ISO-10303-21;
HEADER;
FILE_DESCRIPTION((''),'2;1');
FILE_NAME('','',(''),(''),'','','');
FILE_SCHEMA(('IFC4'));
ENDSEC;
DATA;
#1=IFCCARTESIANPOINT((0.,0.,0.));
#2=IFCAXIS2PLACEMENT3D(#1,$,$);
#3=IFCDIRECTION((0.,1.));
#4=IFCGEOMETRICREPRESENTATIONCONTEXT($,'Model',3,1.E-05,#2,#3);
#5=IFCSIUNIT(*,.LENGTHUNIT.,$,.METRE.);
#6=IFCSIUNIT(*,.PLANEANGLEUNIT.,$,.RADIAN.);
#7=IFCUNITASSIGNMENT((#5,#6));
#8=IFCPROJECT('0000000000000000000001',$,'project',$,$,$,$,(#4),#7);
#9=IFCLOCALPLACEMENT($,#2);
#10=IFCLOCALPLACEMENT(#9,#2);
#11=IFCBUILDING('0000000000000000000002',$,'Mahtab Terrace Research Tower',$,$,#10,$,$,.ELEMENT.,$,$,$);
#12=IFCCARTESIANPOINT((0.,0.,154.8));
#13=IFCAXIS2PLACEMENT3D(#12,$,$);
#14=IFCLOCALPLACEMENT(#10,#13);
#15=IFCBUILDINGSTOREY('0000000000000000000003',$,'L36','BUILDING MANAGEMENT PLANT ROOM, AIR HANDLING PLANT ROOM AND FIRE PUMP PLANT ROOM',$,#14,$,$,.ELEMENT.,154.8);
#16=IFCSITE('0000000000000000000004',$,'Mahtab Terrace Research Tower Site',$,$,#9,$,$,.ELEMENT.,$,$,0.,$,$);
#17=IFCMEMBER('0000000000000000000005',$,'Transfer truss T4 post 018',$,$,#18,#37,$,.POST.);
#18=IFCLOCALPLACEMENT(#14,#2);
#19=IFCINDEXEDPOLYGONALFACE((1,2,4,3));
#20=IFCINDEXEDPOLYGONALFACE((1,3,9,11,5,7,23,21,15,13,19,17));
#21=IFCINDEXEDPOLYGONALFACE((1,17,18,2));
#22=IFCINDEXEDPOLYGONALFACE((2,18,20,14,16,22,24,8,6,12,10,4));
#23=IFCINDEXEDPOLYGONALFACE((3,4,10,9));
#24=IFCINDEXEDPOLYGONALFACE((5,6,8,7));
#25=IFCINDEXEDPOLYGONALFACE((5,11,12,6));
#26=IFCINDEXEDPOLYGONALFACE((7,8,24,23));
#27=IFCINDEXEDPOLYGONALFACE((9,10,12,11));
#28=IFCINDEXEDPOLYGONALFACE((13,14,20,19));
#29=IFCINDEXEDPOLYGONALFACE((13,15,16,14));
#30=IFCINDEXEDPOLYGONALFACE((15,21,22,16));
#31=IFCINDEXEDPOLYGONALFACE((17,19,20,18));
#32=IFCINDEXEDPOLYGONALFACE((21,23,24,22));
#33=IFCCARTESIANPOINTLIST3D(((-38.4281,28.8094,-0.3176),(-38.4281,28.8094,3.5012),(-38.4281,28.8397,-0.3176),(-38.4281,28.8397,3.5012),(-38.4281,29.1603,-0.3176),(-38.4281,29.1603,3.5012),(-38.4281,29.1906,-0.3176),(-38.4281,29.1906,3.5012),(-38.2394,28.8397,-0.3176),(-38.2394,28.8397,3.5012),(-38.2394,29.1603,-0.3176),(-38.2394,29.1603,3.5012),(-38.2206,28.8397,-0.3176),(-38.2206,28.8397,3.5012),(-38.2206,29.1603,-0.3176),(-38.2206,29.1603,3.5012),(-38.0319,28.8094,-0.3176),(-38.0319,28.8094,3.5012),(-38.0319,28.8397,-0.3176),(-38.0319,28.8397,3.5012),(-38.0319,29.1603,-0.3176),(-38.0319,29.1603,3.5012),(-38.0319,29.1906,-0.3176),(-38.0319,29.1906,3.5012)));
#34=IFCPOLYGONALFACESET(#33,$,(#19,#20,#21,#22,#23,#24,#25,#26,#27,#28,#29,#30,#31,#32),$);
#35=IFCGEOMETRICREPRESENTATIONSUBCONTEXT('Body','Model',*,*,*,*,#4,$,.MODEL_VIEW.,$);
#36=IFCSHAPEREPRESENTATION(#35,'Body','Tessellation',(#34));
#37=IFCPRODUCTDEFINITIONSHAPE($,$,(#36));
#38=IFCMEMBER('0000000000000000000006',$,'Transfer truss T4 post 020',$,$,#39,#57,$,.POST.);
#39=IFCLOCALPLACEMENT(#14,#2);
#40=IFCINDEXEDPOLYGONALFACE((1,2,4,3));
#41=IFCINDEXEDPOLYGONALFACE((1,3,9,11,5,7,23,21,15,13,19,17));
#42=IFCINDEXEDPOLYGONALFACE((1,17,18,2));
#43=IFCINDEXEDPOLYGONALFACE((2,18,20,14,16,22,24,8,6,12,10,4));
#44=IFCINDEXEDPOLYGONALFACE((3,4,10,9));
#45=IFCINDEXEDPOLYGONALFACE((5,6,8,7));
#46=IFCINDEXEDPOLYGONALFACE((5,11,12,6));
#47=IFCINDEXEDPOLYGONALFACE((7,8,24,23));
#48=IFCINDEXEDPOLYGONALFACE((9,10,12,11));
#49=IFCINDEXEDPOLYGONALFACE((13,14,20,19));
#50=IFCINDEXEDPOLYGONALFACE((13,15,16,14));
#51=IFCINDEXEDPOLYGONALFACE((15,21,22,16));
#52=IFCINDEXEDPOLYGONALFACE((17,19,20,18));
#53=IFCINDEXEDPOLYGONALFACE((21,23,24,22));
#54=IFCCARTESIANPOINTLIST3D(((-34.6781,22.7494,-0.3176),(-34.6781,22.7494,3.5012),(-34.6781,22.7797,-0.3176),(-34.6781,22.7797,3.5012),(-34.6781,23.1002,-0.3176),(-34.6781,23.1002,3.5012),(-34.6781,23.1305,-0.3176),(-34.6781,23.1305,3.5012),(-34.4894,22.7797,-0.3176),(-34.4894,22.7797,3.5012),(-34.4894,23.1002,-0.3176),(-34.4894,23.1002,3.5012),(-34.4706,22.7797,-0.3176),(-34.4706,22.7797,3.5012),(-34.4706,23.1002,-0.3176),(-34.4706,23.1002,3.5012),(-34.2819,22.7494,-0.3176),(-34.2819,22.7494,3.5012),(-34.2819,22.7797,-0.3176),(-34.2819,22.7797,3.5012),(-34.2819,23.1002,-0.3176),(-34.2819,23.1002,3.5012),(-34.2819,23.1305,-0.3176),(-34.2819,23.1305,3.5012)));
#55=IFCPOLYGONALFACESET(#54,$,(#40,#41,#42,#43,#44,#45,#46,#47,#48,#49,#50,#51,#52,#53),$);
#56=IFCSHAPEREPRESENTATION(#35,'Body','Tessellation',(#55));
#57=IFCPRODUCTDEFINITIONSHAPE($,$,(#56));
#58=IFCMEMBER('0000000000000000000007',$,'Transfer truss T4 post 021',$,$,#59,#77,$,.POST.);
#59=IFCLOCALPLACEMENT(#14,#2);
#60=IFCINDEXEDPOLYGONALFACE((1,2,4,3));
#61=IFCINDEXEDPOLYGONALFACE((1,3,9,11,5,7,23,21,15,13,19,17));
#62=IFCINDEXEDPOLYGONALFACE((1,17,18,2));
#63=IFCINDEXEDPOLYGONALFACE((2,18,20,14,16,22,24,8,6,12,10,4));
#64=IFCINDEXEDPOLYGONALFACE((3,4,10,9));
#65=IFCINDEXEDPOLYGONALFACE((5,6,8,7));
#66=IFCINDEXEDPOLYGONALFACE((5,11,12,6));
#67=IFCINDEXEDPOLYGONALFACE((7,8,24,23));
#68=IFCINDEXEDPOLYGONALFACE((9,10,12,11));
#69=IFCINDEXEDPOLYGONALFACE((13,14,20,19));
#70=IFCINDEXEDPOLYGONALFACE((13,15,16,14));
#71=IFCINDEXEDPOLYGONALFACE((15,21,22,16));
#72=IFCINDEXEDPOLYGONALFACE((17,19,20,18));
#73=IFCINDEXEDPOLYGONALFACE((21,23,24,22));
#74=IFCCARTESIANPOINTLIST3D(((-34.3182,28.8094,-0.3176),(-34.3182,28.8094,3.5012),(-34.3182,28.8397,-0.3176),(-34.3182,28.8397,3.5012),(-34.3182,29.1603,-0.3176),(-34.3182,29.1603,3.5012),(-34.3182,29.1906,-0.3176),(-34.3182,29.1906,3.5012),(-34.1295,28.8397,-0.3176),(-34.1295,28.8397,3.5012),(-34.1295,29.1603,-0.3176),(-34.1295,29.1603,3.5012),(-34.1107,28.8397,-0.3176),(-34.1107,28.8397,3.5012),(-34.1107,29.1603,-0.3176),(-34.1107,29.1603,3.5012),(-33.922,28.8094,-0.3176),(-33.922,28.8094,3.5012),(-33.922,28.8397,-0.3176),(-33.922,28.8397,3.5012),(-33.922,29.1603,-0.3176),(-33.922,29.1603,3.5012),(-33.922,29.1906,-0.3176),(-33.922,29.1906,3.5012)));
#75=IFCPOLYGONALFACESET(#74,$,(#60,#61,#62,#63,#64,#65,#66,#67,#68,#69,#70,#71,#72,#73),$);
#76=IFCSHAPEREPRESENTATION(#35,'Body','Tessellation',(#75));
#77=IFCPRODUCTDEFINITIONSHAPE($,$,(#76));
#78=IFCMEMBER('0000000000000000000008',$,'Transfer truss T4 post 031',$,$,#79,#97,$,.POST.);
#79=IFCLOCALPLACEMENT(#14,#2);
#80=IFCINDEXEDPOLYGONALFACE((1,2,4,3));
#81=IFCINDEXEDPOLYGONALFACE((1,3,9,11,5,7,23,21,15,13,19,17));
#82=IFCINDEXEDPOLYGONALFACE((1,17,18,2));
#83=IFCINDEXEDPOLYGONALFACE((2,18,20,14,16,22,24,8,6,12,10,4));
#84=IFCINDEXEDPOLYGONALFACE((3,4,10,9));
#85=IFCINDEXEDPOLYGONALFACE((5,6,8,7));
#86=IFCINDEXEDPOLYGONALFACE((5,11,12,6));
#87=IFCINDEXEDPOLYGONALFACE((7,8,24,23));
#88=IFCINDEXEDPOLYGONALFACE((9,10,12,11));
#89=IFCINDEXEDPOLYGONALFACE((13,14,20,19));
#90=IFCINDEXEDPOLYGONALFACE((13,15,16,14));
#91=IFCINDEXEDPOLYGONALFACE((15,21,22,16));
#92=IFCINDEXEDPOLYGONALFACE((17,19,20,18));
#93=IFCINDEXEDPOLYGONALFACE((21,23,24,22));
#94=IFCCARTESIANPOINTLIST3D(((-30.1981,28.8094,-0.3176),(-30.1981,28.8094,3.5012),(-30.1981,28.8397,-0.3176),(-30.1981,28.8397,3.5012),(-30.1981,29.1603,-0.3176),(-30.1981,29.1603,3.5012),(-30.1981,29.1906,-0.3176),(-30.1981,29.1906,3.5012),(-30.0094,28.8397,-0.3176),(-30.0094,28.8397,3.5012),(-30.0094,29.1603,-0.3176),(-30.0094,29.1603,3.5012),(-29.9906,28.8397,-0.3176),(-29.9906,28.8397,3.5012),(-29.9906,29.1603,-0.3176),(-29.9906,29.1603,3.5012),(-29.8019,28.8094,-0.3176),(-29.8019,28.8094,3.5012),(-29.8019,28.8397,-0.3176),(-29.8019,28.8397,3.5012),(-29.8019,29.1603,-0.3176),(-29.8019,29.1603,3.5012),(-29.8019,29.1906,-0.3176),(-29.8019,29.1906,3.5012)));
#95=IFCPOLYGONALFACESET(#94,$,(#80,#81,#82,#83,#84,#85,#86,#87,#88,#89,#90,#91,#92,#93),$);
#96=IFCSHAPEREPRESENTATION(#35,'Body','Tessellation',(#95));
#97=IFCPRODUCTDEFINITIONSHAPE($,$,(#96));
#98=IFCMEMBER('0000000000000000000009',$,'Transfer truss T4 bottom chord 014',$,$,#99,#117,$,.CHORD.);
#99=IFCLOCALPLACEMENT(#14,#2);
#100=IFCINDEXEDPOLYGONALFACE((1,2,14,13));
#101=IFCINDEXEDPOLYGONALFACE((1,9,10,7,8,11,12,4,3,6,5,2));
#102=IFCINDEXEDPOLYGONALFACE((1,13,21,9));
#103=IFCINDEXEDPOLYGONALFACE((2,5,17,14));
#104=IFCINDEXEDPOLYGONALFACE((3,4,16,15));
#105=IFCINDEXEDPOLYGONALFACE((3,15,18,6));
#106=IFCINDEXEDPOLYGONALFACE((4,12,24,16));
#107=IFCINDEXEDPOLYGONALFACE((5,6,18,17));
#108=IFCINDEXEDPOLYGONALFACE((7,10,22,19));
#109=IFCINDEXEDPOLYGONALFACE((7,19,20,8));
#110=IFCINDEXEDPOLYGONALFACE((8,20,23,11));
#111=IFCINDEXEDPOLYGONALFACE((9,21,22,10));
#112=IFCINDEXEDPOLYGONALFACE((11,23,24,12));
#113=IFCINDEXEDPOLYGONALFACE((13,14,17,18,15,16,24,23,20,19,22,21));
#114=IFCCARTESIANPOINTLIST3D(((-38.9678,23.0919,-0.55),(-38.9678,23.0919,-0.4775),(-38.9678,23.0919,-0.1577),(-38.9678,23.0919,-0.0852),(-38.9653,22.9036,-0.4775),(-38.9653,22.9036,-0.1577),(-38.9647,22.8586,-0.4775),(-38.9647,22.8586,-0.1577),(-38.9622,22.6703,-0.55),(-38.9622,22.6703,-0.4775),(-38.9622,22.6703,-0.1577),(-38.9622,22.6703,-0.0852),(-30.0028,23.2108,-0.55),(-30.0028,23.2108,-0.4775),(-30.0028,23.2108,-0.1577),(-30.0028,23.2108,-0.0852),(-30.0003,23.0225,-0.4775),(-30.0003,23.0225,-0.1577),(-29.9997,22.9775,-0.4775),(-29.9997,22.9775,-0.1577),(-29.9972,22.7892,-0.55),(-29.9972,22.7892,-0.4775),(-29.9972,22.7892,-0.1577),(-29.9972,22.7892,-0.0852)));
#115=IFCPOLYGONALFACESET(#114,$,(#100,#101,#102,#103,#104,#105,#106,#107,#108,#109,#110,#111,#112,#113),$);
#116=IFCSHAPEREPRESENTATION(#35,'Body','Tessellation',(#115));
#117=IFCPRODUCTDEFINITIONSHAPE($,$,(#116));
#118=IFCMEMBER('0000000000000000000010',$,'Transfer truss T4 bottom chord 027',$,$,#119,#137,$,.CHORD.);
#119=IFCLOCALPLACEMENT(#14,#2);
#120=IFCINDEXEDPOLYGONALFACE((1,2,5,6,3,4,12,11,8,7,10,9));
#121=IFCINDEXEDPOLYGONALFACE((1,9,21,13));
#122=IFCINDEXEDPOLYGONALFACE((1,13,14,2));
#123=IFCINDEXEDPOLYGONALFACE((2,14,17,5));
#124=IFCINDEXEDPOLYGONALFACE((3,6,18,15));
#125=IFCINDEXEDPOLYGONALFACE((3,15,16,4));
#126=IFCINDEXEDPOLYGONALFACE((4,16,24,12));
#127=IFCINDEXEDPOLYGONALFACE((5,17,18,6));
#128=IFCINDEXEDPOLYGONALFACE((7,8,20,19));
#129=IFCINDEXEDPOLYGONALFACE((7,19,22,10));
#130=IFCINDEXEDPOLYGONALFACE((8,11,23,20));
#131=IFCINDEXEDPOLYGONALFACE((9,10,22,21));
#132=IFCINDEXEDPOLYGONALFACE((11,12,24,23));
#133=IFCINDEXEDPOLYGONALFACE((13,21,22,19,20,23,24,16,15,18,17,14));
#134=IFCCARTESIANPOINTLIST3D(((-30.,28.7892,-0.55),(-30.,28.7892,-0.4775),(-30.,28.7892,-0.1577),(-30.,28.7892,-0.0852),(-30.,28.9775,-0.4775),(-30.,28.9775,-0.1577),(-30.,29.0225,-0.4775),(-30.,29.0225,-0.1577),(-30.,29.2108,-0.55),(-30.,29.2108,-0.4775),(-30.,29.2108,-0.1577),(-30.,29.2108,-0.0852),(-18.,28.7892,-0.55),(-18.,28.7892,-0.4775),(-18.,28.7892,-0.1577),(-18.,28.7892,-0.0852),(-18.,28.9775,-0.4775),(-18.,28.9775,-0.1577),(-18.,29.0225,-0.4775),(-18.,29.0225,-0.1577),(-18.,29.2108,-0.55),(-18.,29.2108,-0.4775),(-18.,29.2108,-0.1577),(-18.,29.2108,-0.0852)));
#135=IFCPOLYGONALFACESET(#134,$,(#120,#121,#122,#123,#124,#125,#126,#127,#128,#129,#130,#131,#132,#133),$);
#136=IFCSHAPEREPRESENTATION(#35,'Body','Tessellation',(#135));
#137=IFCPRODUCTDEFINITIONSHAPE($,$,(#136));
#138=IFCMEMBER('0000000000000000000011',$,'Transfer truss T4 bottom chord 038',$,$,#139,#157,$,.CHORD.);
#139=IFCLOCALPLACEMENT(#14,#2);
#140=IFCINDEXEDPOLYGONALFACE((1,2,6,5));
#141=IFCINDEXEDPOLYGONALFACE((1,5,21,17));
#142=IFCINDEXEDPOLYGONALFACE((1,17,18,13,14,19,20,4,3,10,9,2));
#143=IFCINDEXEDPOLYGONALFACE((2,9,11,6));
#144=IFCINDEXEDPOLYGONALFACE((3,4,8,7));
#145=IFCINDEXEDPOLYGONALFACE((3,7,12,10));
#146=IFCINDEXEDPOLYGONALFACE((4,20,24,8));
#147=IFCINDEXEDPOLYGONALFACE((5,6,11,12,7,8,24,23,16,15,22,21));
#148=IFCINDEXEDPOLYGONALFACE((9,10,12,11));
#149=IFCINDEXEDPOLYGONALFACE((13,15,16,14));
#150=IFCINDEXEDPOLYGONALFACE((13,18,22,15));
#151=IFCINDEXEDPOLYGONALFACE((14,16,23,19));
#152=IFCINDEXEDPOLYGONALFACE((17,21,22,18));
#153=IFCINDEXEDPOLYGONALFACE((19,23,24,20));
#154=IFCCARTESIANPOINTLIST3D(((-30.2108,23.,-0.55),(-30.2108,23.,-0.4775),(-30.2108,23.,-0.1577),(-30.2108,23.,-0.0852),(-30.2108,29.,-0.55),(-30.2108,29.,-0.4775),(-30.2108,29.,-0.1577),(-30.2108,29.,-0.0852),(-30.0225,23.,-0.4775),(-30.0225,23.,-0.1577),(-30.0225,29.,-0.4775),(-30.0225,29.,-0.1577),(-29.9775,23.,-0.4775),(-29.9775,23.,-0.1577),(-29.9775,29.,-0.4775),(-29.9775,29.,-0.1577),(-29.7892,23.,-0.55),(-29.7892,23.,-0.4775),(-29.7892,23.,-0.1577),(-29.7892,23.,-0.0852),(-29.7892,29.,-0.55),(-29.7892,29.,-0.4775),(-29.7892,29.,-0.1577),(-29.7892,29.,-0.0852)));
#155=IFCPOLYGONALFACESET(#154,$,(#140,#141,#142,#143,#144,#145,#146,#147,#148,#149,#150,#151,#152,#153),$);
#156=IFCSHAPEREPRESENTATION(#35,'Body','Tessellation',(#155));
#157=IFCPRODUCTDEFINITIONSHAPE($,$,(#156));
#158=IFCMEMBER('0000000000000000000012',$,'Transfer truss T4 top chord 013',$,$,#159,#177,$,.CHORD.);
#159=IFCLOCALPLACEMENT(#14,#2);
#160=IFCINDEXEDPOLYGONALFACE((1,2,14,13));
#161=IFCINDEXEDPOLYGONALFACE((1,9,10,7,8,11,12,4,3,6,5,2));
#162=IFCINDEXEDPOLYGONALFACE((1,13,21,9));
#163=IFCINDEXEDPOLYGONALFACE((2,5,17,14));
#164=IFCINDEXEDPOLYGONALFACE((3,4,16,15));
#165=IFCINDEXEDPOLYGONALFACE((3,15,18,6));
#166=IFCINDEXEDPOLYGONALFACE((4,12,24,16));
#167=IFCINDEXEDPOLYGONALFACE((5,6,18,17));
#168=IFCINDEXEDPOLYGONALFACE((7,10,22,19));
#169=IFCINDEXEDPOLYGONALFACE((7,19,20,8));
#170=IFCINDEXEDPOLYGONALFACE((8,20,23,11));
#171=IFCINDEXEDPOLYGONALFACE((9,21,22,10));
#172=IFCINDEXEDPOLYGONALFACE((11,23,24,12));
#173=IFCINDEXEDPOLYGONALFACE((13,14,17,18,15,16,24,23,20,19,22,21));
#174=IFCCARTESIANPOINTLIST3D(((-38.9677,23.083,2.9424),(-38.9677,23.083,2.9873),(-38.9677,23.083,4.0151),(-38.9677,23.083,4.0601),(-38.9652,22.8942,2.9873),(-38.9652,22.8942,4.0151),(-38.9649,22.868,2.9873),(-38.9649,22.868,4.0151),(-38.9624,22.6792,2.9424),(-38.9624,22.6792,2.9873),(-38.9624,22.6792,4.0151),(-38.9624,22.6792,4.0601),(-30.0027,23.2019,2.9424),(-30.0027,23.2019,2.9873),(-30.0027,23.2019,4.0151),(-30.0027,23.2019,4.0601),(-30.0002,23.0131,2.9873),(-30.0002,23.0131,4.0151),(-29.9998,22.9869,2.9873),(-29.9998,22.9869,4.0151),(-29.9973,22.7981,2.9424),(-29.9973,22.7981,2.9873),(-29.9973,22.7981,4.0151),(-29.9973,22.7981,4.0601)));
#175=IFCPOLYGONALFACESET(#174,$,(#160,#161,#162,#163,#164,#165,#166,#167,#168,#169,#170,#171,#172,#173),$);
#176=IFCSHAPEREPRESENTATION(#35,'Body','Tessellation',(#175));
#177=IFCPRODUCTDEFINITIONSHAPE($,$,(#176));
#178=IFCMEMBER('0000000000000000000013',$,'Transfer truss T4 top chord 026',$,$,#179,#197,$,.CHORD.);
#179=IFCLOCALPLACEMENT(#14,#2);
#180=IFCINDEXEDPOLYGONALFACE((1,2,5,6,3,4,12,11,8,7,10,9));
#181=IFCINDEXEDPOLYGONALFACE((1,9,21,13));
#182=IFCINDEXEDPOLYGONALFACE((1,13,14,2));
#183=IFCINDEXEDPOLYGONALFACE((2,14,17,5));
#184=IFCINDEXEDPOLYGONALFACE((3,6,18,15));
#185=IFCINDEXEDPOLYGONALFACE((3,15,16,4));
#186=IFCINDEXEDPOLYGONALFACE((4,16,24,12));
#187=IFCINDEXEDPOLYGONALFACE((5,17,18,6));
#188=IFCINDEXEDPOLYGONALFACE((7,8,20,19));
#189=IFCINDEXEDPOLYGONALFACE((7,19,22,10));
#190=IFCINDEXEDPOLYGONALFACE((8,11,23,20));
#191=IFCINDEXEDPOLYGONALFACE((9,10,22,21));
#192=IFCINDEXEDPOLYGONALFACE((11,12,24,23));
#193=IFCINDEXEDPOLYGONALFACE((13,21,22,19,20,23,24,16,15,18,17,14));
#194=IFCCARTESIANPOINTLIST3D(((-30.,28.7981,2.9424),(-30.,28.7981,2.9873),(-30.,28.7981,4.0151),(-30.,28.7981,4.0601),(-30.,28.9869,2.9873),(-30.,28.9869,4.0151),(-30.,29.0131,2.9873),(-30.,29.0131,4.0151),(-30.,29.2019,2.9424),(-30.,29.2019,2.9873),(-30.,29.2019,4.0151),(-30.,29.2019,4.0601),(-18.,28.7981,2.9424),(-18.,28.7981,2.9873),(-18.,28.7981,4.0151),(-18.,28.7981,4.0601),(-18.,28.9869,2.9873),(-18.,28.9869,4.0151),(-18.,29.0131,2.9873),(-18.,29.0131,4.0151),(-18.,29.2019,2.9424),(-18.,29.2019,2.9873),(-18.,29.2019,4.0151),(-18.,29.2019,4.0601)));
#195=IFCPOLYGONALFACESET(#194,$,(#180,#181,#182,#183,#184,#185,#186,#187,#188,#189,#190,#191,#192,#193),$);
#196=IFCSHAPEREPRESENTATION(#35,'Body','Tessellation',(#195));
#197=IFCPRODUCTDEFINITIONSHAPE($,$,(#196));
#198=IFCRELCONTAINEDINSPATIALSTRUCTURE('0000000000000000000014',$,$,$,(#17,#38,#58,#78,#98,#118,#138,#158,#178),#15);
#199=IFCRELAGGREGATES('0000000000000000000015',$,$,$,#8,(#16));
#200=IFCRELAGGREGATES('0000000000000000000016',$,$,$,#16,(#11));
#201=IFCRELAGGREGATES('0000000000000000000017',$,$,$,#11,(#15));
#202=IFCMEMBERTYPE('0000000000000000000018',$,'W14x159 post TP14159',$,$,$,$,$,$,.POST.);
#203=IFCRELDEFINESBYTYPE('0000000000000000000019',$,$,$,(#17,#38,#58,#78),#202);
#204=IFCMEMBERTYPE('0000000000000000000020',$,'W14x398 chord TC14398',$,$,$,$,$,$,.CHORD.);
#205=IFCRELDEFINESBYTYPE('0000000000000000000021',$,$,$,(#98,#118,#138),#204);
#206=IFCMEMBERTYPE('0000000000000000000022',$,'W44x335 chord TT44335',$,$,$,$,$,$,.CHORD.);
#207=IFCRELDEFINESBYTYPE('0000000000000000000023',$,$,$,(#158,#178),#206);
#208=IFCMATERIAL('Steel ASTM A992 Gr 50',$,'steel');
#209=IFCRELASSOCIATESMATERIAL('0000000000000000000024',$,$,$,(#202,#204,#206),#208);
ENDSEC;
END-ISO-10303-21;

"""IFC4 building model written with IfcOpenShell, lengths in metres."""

from ifc_helpers import new_model, si_unit, direction, frame, origin, origin_2d, place, context, subcontext, project, spatial, i_section, extrude, material, material_profile, profile_set, type_object, element, save


model = new_model("IFC4")

# Units and contexts
model_context = context("Model", 3, precision=1e-05, world=origin(), true_north=direction((0.0, 1.0)))
body_context = subcontext(model_context, "Body", "Model", "MODEL_VIEW")
ifc_project = project(units=[si_unit("LENGTHUNIT", "METRE"), si_unit("PLANEANGLEUNIT", "RADIAN")], contexts=[model_context])

# Site, building, storey
site_placement = place(None, origin())
site = spatial("IfcSite", under=ifc_project, at=site_placement, Name="Mahtab Terrace Research Tower Site", CompositionType="ELEMENT", RefElevation=0.0)
building_placement = place(site_placement, origin())
building = spatial("IfcBuilding", under=site, at=building_placement, Name="Mahtab Terrace Research Tower", CompositionType="ELEMENT")
storey_placement = place(building_placement, frame((0.0, 0.0, 154.8)))
storey = spatial("IfcBuildingStorey", under=building, at=storey_placement, Name="L36", Description="BUILDING MANAGEMENT PLANT ROOM, AIR HANDLING PLANT ROOM AND FIRE PUMP PLANT ROOM", CompositionType="ELEMENT", Elevation=154.8)

# Shared definitions
ifc_material_1 = material(Name="Steel ASTM A992 Gr 50", Category="steel")

# Members
ifc_material_profile_1 = material_profile(ifc_material_1, i_section(OverallWidth=0.3962, OverallDepth=0.3811, WebThickness=0.0188, FlangeThickness=0.0303, at=origin_2d()), Name="W14X159")
ifc_profile_set_1 = profile_set([ifc_material_profile_1], Name="Steel ASTM A992 Gr 50")
member_type_1 = type_object("IfcMemberType", Name="W14x159 post TP14159", PredefinedType="POST", material=ifc_profile_set_1)
for number, where, z_axis, x_axis, name in (
    (1, (-38.23, 29.0, -0.3176), (0.0, 0.0, 1.0), (1.0, 0.0, 0.0), "Transfer truss T4 post 018"),
    (2, (-34.48, 22.9399, -0.3176), (0.0, 0.0, 1.0), (1.0, 0.0, 0.0), "Transfer truss T4 post 020"),
    (3, (-34.1201, 29.0, -0.3176), (0.0, 0.0, 1.0), (1.0, 0.0, 0.0), "Transfer truss T4 post 021"),
    (4, (-30.0, 29.0, -0.3176), (0.0, 0.0, 1.0), (1.0, 0.0, 0.0), "Transfer truss T4 post 031"),
):
    element("IfcMember", number, at=place(storey_placement, frame(where, z_axis=z_axis, x_axis=x_axis)), inside=storey, type_object=member_type_1, Name=name, PredefinedType="POST", context=body_context, shape_type="SweptSolid", body=[
        extrude(i_section(OverallWidth=0.3962, OverallDepth=0.3811, WebThickness=0.0188, FlangeThickness=0.0303, at=origin_2d()), origin(), (0.0, 0.0, 1.0), 3.8188),
    ])
ifc_material_profile_2 = material_profile(ifc_material_1, i_section(OverallWidth=0.4216, OverallDepth=0.4648, WebThickness=0.0449, FlangeThickness=0.0725, at=origin_2d()), Name="W14X398")
ifc_profile_set_2 = profile_set([ifc_material_profile_2], Name="Steel ASTM A992 Gr 50")
member_type_2 = type_object("IfcMemberType", Name="W14x398 chord TC14398", PredefinedType="CHORD", material=ifc_profile_set_2)
member_1_placement = place(storey_placement, frame((-30.0, 23.0, -0.3176), z_axis=(-0.999912, -0.013261, 0.0), x_axis=(0.013261, -0.999912, 0.0)))
element("IfcMember", 5, at=member_1_placement, inside=storey, type_object=member_type_2, Name="Transfer truss T4 bottom chord 014", PredefinedType="CHORD", context=body_context, shape_type="SweptSolid", body=[
    extrude(i_section(OverallWidth=0.4216, OverallDepth=0.4648, WebThickness=0.0449, FlangeThickness=0.0725, at=origin_2d()), origin(), (0.0, 0.0, 1.0), 8.9658),
])
member_2_placement = place(storey_placement, frame((-30.0, 29.0, -0.3176), z_axis=(1.0, 0.0, 0.0), x_axis=(0.0, 1.0, 0.0)))
element("IfcMember", 6, at=member_2_placement, inside=storey, type_object=member_type_2, Name="Transfer truss T4 bottom chord 027", PredefinedType="CHORD", context=body_context, shape_type="SweptSolid", body=[
    extrude(i_section(OverallWidth=0.4216, OverallDepth=0.4648, WebThickness=0.0449, FlangeThickness=0.0725, at=origin_2d()), origin(), (0.0, 0.0, 1.0), 12.0),
])
member_3_placement = place(storey_placement, frame((-30.0, 23.0, -0.3176), z_axis=(0.0, 1.0, 0.0), x_axis=(-1.0, 0.0, 0.0)))
element("IfcMember", 7, at=member_3_placement, inside=storey, type_object=member_type_2, Name="Transfer truss T4 bottom chord 038", PredefinedType="CHORD", context=body_context, shape_type="SweptSolid", body=[
    extrude(i_section(OverallWidth=0.4216, OverallDepth=0.4648, WebThickness=0.0449, FlangeThickness=0.0725, at=origin_2d()), origin(), (0.0, 0.0, 1.0), 6.0),
])
ifc_material_profile_3 = material_profile(ifc_material_1, i_section(OverallWidth=0.4038, OverallDepth=1.1177, WebThickness=0.0261, FlangeThickness=0.0449, at=origin_2d()), Name="W44X335")
ifc_profile_set_3 = profile_set([ifc_material_profile_3], Name="Steel ASTM A992 Gr 50")
member_type_3 = type_object("IfcMemberType", Name="W44x335 chord TT44335", PredefinedType="CHORD", material=ifc_profile_set_3)
member_4_placement = place(storey_placement, frame((-30.0, 23.0, 3.5012), z_axis=(-0.999912, -0.013261, 0.0), x_axis=(0.013261, -0.999912, 0.0)))
element("IfcMember", 8, at=member_4_placement, inside=storey, type_object=member_type_3, Name="Transfer truss T4 top chord 013", PredefinedType="CHORD", context=body_context, shape_type="SweptSolid", body=[
    extrude(i_section(OverallWidth=0.4038, OverallDepth=1.1177, WebThickness=0.0261, FlangeThickness=0.0449, at=origin_2d()), origin(), (0.0, 0.0, 1.0), 8.9658),
])
member_5_placement = place(storey_placement, frame((-30.0, 29.0, 3.5012), z_axis=(1.0, 0.0, 0.0), x_axis=(0.0, 1.0, 0.0)))
element("IfcMember", 9, at=member_5_placement, inside=storey, type_object=member_type_3, Name="Transfer truss T4 top chord 026", PredefinedType="CHORD", context=body_context, shape_type="SweptSolid", body=[
    extrude(i_section(OverallWidth=0.4038, OverallDepth=1.1177, WebThickness=0.0261, FlangeThickness=0.0449, at=origin_2d()), origin(), (0.0, 0.0, 1.0), 12.0),
])

save(model, "model.ifc")
